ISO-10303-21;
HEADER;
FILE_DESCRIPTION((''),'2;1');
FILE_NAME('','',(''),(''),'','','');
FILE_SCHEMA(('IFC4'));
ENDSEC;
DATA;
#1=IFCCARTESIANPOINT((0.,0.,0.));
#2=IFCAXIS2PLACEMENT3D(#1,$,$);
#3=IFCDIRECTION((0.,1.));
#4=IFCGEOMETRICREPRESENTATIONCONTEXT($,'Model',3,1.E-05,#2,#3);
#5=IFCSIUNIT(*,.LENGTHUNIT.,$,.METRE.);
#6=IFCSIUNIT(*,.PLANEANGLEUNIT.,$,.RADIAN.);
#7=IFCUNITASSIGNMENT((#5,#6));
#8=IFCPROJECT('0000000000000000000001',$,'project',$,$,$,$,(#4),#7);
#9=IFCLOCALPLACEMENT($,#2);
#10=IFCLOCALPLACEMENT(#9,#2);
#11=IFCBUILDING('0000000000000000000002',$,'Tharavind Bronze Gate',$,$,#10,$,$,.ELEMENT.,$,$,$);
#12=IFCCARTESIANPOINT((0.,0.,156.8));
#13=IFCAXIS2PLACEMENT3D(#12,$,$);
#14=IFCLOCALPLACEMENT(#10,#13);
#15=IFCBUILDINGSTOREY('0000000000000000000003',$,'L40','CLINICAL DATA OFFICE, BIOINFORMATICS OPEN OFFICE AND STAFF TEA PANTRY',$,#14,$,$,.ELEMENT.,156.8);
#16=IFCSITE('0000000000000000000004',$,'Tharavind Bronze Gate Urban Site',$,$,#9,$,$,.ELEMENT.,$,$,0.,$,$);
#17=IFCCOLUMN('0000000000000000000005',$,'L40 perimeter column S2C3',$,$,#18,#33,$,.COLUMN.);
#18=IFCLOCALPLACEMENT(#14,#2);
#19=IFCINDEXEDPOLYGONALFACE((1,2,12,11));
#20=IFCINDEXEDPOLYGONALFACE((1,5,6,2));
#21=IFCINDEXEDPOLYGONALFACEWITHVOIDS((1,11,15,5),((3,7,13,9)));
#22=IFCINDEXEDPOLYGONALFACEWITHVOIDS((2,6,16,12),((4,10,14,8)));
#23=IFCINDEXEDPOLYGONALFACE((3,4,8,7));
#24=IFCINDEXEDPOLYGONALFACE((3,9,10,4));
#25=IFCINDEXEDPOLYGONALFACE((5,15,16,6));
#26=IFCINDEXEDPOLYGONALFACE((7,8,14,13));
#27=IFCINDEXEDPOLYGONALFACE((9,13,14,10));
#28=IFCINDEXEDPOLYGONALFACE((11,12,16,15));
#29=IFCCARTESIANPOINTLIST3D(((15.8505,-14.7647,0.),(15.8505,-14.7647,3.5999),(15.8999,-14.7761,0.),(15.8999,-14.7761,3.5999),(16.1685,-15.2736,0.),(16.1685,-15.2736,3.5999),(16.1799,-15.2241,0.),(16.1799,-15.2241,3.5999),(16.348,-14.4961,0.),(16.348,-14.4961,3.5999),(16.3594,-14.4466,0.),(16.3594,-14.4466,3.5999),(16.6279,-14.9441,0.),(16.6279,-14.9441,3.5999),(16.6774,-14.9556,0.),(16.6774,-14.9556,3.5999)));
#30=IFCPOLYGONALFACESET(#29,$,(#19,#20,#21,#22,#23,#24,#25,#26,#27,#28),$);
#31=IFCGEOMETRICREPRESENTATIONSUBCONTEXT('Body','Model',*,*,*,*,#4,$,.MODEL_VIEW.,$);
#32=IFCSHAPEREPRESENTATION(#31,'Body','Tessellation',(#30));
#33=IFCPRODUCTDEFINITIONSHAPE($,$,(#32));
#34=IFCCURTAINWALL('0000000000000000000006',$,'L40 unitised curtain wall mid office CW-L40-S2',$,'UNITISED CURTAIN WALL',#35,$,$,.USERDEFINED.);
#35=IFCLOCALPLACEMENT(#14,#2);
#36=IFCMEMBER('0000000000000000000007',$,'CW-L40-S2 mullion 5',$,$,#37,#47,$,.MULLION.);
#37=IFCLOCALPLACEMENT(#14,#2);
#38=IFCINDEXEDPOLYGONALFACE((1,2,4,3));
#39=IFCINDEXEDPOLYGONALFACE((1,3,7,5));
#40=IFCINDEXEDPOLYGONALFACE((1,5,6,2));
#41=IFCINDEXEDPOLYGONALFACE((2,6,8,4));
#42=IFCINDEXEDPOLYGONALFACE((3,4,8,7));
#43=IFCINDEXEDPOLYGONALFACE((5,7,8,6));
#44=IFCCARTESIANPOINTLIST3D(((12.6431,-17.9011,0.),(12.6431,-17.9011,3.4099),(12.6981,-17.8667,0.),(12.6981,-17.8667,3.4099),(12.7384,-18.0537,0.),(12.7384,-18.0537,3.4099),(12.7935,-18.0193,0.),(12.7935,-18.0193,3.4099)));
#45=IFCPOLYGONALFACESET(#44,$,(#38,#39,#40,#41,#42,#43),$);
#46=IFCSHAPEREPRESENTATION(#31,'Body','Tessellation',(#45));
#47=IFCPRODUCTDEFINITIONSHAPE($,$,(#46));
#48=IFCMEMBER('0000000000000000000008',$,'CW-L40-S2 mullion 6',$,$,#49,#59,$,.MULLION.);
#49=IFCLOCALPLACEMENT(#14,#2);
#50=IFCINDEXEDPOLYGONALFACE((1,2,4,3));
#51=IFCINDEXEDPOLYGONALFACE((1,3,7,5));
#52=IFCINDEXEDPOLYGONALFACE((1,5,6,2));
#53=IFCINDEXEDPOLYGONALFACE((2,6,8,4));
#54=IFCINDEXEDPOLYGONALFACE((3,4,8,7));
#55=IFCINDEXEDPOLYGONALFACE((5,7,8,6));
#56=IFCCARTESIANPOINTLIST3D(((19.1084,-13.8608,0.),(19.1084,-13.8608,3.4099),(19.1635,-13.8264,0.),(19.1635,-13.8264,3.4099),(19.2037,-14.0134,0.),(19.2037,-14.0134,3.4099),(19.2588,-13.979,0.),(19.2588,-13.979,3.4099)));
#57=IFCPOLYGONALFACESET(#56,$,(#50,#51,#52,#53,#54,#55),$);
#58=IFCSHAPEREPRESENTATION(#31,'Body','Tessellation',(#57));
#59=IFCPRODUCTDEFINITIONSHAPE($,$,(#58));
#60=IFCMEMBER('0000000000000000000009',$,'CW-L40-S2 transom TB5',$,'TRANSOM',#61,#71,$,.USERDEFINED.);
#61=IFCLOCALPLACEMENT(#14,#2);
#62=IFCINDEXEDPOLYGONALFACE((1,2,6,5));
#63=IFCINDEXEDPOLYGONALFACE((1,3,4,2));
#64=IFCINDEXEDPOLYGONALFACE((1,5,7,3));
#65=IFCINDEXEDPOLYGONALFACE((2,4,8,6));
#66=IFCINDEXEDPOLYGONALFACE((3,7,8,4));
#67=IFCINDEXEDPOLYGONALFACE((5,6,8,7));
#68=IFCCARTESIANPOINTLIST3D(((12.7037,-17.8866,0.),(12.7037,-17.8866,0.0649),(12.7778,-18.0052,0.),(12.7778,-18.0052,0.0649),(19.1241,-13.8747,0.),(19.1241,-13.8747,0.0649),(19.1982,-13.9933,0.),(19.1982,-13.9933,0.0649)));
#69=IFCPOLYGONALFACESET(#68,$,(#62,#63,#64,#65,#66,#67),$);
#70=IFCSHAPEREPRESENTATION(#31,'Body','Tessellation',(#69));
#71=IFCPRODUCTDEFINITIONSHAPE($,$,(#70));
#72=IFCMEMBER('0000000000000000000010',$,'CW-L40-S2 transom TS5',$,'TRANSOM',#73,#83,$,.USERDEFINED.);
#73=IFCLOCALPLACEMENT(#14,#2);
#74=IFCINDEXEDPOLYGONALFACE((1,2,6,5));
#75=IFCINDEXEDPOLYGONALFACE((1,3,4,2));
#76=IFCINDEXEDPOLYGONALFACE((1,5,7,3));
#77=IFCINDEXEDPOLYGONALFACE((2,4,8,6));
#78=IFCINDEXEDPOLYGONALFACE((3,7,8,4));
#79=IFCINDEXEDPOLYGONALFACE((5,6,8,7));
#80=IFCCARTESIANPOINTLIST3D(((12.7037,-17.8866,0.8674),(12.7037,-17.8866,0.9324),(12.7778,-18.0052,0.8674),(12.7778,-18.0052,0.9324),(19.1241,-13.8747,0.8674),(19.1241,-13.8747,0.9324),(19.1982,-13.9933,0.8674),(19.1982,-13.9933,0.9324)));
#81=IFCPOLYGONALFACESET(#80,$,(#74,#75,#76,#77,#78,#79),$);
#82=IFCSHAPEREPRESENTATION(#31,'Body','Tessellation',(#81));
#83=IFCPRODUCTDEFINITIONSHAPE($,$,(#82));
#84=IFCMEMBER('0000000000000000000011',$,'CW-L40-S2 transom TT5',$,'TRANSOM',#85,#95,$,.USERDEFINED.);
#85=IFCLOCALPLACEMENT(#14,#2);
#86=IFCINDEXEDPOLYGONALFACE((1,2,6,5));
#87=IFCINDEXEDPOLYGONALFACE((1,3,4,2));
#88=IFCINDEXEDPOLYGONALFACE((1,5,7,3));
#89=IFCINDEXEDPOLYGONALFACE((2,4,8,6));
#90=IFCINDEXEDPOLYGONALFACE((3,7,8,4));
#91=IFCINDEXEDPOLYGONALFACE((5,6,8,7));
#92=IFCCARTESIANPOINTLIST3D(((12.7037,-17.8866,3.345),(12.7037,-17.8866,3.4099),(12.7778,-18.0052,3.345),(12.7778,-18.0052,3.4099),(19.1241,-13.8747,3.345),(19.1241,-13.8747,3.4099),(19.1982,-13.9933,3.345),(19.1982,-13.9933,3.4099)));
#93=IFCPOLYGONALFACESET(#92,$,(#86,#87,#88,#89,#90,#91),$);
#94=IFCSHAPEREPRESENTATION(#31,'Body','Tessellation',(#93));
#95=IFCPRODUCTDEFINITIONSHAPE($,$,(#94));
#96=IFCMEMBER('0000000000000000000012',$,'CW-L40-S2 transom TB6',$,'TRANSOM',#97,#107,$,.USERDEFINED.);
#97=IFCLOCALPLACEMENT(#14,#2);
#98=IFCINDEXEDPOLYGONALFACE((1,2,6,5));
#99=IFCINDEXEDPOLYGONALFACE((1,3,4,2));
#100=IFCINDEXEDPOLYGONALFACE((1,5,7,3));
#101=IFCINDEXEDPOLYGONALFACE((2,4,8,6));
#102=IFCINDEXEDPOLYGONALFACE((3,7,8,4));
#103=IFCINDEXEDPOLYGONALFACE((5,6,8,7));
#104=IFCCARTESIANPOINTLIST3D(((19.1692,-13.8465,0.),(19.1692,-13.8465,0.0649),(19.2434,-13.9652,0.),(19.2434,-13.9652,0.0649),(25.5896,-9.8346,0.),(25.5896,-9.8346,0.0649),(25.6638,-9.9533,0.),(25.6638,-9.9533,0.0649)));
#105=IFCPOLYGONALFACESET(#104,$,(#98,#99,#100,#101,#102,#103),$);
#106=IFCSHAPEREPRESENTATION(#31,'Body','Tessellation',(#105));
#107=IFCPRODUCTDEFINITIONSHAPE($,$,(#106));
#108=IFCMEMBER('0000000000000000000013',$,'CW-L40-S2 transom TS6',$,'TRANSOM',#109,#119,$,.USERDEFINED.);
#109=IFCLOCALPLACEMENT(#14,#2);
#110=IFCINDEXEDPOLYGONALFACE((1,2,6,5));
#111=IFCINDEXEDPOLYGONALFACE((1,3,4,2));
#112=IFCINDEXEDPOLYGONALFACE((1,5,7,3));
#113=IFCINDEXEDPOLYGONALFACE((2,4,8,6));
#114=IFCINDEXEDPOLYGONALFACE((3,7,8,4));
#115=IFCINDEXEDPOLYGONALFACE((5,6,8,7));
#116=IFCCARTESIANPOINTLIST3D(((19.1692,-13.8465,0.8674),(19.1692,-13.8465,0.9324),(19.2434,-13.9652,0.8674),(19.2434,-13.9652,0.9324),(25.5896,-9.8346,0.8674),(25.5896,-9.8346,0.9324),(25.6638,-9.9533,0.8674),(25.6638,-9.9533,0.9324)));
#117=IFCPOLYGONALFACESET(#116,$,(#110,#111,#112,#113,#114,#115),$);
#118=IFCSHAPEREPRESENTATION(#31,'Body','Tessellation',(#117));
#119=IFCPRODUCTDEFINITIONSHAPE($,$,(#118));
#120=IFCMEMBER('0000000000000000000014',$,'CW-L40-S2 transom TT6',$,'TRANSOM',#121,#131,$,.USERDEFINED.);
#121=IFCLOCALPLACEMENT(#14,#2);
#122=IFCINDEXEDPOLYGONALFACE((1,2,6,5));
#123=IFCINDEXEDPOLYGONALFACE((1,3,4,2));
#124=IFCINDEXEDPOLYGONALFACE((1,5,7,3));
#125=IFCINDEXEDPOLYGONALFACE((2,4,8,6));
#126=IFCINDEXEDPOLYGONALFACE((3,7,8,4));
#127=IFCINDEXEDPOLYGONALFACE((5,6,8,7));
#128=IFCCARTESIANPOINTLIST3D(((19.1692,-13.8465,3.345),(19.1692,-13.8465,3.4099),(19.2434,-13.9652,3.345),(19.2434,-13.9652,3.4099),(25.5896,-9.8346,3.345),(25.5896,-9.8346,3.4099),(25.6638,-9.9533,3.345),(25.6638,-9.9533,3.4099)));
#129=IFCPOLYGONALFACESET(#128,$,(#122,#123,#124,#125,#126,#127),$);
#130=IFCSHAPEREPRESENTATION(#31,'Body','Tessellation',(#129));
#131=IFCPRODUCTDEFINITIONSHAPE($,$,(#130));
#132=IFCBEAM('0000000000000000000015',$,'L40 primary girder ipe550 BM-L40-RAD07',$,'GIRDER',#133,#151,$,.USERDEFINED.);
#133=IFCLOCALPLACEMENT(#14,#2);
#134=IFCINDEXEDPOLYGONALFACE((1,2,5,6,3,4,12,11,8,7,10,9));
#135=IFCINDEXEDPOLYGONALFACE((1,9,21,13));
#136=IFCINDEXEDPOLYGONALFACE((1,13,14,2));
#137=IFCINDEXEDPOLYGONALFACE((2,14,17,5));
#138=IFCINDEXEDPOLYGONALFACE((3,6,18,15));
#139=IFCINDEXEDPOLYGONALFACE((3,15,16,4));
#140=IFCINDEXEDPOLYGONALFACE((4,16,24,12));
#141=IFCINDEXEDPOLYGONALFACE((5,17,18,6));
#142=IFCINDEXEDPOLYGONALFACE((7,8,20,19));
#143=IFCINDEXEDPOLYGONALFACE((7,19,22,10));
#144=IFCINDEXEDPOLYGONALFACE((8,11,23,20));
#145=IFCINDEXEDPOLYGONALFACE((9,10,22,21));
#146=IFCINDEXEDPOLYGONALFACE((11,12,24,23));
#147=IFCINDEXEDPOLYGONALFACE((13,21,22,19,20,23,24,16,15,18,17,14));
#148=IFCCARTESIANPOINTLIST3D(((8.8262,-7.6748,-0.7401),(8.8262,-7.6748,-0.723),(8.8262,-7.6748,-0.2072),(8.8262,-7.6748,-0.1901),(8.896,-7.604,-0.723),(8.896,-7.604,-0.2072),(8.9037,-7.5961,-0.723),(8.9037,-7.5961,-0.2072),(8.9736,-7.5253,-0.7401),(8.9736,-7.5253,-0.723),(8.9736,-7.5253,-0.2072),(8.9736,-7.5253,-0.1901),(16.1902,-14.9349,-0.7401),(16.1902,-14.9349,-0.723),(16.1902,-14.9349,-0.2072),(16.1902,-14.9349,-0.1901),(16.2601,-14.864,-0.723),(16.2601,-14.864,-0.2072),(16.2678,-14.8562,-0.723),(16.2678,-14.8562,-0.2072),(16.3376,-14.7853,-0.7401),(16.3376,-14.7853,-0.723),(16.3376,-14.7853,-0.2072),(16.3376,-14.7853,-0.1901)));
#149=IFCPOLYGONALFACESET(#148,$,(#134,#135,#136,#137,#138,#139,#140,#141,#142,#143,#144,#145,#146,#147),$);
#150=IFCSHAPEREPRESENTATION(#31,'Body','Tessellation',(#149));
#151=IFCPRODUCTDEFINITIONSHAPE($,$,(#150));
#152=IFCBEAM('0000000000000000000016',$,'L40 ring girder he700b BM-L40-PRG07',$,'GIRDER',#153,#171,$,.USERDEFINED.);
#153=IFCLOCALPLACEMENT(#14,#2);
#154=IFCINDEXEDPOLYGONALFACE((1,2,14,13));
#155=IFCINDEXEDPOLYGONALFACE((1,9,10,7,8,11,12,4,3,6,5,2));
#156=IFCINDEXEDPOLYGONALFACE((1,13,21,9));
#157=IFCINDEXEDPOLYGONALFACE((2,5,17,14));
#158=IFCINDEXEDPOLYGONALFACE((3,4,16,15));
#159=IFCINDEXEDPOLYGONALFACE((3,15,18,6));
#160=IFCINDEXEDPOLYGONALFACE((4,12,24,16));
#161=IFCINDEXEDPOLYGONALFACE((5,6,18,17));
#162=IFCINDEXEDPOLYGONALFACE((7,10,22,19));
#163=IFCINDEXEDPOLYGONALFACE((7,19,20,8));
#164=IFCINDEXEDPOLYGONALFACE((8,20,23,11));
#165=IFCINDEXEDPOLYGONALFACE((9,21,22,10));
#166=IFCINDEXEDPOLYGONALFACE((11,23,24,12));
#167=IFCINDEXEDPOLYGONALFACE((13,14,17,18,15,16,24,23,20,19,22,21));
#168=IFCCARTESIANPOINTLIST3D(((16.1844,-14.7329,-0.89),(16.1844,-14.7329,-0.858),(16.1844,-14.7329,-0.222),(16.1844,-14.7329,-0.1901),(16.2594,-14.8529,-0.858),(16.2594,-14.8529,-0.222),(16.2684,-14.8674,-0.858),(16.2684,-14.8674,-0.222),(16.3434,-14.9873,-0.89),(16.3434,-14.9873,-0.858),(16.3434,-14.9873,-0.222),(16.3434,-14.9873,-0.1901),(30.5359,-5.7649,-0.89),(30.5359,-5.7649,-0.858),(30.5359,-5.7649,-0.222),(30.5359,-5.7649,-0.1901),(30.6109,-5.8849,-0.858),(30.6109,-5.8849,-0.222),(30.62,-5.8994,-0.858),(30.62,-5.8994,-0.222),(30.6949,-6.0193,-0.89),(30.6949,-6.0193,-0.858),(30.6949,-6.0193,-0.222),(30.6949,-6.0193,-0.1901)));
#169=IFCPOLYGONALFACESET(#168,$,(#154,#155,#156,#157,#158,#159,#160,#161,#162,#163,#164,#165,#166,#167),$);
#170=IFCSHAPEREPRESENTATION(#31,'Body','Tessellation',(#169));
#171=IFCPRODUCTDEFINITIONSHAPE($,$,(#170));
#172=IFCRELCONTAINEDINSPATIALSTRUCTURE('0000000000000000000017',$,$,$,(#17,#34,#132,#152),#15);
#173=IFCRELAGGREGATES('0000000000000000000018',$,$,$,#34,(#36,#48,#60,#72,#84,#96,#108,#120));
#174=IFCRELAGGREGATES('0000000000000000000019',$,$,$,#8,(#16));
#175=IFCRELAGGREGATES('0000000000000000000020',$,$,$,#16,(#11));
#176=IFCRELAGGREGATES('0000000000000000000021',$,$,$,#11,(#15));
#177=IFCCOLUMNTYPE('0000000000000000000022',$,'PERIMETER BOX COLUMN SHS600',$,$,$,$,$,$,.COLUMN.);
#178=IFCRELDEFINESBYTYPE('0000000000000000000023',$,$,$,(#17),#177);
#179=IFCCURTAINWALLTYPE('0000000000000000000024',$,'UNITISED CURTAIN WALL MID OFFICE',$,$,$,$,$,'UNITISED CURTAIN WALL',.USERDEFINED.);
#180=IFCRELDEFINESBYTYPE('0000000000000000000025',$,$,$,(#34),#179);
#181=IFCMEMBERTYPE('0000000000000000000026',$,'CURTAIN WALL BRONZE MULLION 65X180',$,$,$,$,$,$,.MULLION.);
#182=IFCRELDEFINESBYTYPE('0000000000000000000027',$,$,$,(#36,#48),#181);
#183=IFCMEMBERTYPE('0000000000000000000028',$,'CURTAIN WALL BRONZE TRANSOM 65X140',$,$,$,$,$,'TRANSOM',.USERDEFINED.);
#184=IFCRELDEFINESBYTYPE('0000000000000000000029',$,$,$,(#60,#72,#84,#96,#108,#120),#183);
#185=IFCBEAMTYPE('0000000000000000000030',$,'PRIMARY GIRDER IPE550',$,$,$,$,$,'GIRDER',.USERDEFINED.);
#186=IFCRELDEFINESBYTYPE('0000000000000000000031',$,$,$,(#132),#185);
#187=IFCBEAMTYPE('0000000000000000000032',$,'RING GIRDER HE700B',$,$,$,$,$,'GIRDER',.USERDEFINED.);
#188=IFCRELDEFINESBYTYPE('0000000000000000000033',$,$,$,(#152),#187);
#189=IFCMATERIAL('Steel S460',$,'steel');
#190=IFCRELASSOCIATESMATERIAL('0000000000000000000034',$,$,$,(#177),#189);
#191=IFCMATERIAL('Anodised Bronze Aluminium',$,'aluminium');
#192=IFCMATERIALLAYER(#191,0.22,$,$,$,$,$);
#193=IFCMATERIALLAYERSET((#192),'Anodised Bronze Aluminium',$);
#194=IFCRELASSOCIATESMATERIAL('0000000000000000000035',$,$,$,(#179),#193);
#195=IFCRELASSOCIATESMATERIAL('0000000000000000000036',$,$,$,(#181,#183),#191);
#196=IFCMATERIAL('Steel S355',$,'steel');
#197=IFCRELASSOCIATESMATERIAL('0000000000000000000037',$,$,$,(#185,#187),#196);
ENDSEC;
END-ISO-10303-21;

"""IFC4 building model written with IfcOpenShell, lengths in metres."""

from ifc_helpers import new_model, si_unit, direction, frame, origin, origin_2d, place, context, subcontext, project, spatial, rectangle, hollow_rectangle, i_section, extrude, material, layer, layer_set, material_profile, profile_set, type_object, element, aggregate, save


model = new_model("IFC4")

# Units and contexts
model_context = context("Model", 3, precision=1e-05, world=origin(), true_north=direction((0.0, 1.0)))
body_context = subcontext(model_context, "Body", "Model", "MODEL_VIEW")
ifc_project = project(units=[si_unit("LENGTHUNIT", "METRE"), si_unit("PLANEANGLEUNIT", "RADIAN")], contexts=[model_context])

# Site, building, storey
site_placement = place(None, origin())
site = spatial("IfcSite", under=ifc_project, at=site_placement, Name="Tharavind Bronze Gate Urban Site", CompositionType="ELEMENT", RefElevation=0.0)
building_placement = place(site_placement, origin())
building = spatial("IfcBuilding", under=site, at=building_placement, Name="Tharavind Bronze Gate", CompositionType="ELEMENT")
storey_placement = place(building_placement, frame((0.0, 0.0, 156.8)))
storey = spatial("IfcBuildingStorey", under=building, at=storey_placement, Name="L40", Description="CLINICAL DATA OFFICE, BIOINFORMATICS OPEN OFFICE AND STAFF TEA PANTRY", CompositionType="ELEMENT", Elevation=156.8)

# Column
ifc_material_1 = material(Name="Steel S460", Category="steel")
ifc_material_profile_1 = material_profile(ifc_material_1, hollow_rectangle(XDim=0.6001, YDim=0.6001, WallThickness=0.0359, at=origin_2d()), Name="SHS600X36")
ifc_profile_set_1 = profile_set([ifc_material_profile_1], Name="Steel S460")
column_type = type_object("IfcColumnType", Name="PERIMETER BOX COLUMN SHS600", PredefinedType="COLUMN", material=ifc_profile_set_1)
column_placement = place(storey_placement, frame((16.2639, -14.8601, 0.0), z_axis=(0.0, 0.0, 1.0), x_axis=(0.848047, 0.529921, 0.0)))
element("IfcColumn", 1, at=column_placement, inside=storey, type_object=column_type, Name="L40 perimeter column S2C3", PredefinedType="COLUMN", context=body_context, shape_type="SweptSolid", body=[
    extrude(hollow_rectangle(XDim=0.6001, YDim=0.6001, WallThickness=0.0359, at=origin_2d()), origin(), (0.0, 0.0, 1.0), 3.5999),
])

# Curtain wall, members
ifc_material_2 = material(Name="Anodised Bronze Aluminium", Category="aluminium")
ifc_layer_1 = layer(ifc_material_2, 0.22)
ifc_layer_set_1 = layer_set([ifc_layer_1], Name="Anodised Bronze Aluminium")
curtain_wall_type = type_object("IfcCurtainWallType", Name="UNITISED CURTAIN WALL MID OFFICE", ElementType="UNITISED CURTAIN WALL", PredefinedType="USERDEFINED", material=ifc_layer_set_1)
curtain_wall_placement = place(storey_placement, origin())
curtain_wall = element("IfcCurtainWall", 2, at=curtain_wall_placement, inside=storey, type_object=curtain_wall_type, Name="L40 unitised curtain wall mid office CW-L40-S2", ObjectType="UNITISED CURTAIN WALL", PredefinedType="USERDEFINED")
member_type_1 = type_object("IfcMemberType", Name="CURTAIN WALL BRONZE MULLION 65X180", PredefinedType="MULLION", material=ifc_material_2)
member_1_placement = place(storey_placement, frame((12.7183, -17.9602, 0.0), z_axis=(0.0, 0.0, 1.0), x_axis=(0.848048, 0.529919, 0.0)))
member_1 = element("IfcMember", 3, at=member_1_placement, type_object=member_type_1, Name="CW-L40-S2 mullion 5", PredefinedType="MULLION", context=body_context, shape_type="SweptSolid", body=[
    extrude(rectangle(XDim=0.0649, YDim=0.1799, at=origin_2d()), origin(), (0.0, 0.0, 1.0), 3.4099),
])
member_2_placement = place(storey_placement, frame((19.1836, -13.9199, 0.0), z_axis=(0.0, 0.0, 1.0), x_axis=(0.848048, 0.529919, 0.0)))
member_2 = element("IfcMember", 4, at=member_2_placement, type_object=member_type_1, Name="CW-L40-S2 mullion 6", PredefinedType="MULLION", context=body_context, shape_type="SweptSolid", body=[
    extrude(rectangle(XDim=0.0649, YDim=0.1799, at=origin_2d()), origin(), (0.0, 0.0, 1.0), 3.4099),
])
member_type_2 = type_object("IfcMemberType", Name="CURTAIN WALL BRONZE TRANSOM 65X140", ElementType="TRANSOM", PredefinedType="USERDEFINED", material=ifc_material_2)
member_3_placement = place(storey_placement, frame((15.9509, -15.9399, 0.0), z_axis=(0.0, 0.0, 1.0), x_axis=(0.848048, 0.529919, 0.0)))
member_3 = element("IfcMember", 5, at=member_3_placement, type_object=member_type_2, Name="CW-L40-S2 transom TB5", ObjectType="TRANSOM", PredefinedType="USERDEFINED", context=body_context, shape_type="SweptSolid", body=[
    extrude(rectangle(XDim=7.5708, YDim=0.1399, at=origin_2d()), origin(), (0.0, 0.0, 1.0), 0.0649),
])
member_4_placement = place(storey_placement, frame((15.9509, -15.9399, 0.8674), z_axis=(0.0, 0.0, 1.0), x_axis=(0.848048, 0.529919, 0.0)))
member_4 = element("IfcMember", 6, at=member_4_placement, type_object=member_type_2, Name="CW-L40-S2 transom TS5", ObjectType="TRANSOM", PredefinedType="USERDEFINED", context=body_context, shape_type="SweptSolid", body=[
    extrude(rectangle(XDim=7.5708, YDim=0.1399, at=origin_2d()), origin(), (0.0, 0.0, 1.0), 0.0649),
])
member_5_placement = place(storey_placement, frame((15.9509, -15.9399, 3.345), z_axis=(0.0, 0.0, 1.0), x_axis=(0.848048, 0.529919, 0.0)))
member_5 = element("IfcMember", 7, at=member_5_placement, type_object=member_type_2, Name="CW-L40-S2 transom TT5", ObjectType="TRANSOM", PredefinedType="USERDEFINED", context=body_context, shape_type="SweptSolid", body=[
    extrude(rectangle(XDim=7.5708, YDim=0.1399, at=origin_2d()), origin(), (0.0, 0.0, 1.0), 0.0649),
])
member_6_placement = place(storey_placement, frame((22.4165, -11.8999, 0.0), z_axis=(0.0, 0.0, 1.0), x_axis=(0.848048, 0.529919, 0.0)))
member_6 = element("IfcMember", 8, at=member_6_placement, type_object=member_type_2, Name="CW-L40-S2 transom TB6", ObjectType="TRANSOM", PredefinedType="USERDEFINED", context=body_context, shape_type="SweptSolid", body=[
    extrude(rectangle(XDim=7.5708, YDim=0.1399, at=origin_2d()), origin(), (0.0, 0.0, 1.0), 0.0649),
])
member_7_placement = place(storey_placement, frame((22.4165, -11.8999, 0.8674), z_axis=(0.0, 0.0, 1.0), x_axis=(0.848048, 0.529919, 0.0)))
member_7 = element("IfcMember", 9, at=member_7_placement, type_object=member_type_2, Name="CW-L40-S2 transom TS6", ObjectType="TRANSOM", PredefinedType="USERDEFINED", context=body_context, shape_type="SweptSolid", body=[
    extrude(rectangle(XDim=7.5708, YDim=0.1399, at=origin_2d()), origin(), (0.0, 0.0, 1.0), 0.0649),
])
member_8_placement = place(storey_placement, frame((22.4165, -11.8999, 3.345), z_axis=(0.0, 0.0, 1.0), x_axis=(0.848048, 0.529919, 0.0)))
member_8 = element("IfcMember", 10, at=member_8_placement, type_object=member_type_2, Name="CW-L40-S2 transom TT6", ObjectType="TRANSOM", PredefinedType="USERDEFINED", context=body_context, shape_type="SweptSolid", body=[
    extrude(rectangle(XDim=7.5708, YDim=0.1399, at=origin_2d()), origin(), (0.0, 0.0, 1.0), 0.0649),
])

# Beams
ifc_material_3 = material(Name="Steel S355", Category="steel")
ifc_material_profile_2 = material_profile(ifc_material_3, i_section(OverallWidth=0.21, OverallDepth=0.55, WebThickness=0.011, FlangeThickness=0.0171, at=origin_2d()), Name="IPE550")
ifc_profile_set_2 = profile_set([ifc_material_profile_2], Name="Steel S355")
beam_type_1 = type_object("IfcBeamType", Name="PRIMARY GIRDER IPE550", ElementType="GIRDER", PredefinedType="USERDEFINED", material=ifc_profile_set_2)
beam_1_placement = place(storey_placement, frame((16.2639, -14.8601, -0.4651), z_axis=(-0.712118, 0.70206, 0.0), x_axis=(-0.70206, -0.712118, 0.0)))
element("IfcBeam", 11, at=beam_1_placement, inside=storey, type_object=beam_type_1, Name="L40 primary girder ipe550 BM-L40-RAD07", ObjectType="GIRDER", PredefinedType="USERDEFINED", context=body_context, shape_type="SweptSolid", body=[
    extrude(i_section(OverallWidth=0.21, OverallDepth=0.55, WebThickness=0.011, FlangeThickness=0.0171, at=origin_2d()), origin(), (0.0, 0.0, 1.0), 10.3411),
])
ifc_material_profile_3 = material_profile(ifc_material_3, i_section(OverallWidth=0.3, OverallDepth=0.7, WebThickness=0.0171, FlangeThickness=0.032, at=origin_2d()), Name="HE700B")
ifc_profile_set_3 = profile_set([ifc_material_profile_3], Name="Steel S355")
beam_type_2 = type_object("IfcBeamType", Name="RING GIRDER HE700B", ElementType="GIRDER", PredefinedType="USERDEFINED", material=ifc_profile_set_3)
beam_2_placement = place(storey_placement, frame((16.2639, -14.8601, -0.54), z_axis=(0.848044, 0.529926, 0.0), x_axis=(-0.529926, 0.848044, 0.0)))
element("IfcBeam", 12, at=beam_2_placement, inside=storey, type_object=beam_type_2, Name="L40 ring girder he700b BM-L40-PRG07", ObjectType="GIRDER", PredefinedType="USERDEFINED", context=body_context, shape_type="SweptSolid", body=[
    extrude(i_section(OverallWidth=0.3, OverallDepth=0.7, WebThickness=0.0171, FlangeThickness=0.032, at=origin_2d()), origin(), (0.0, 0.0, 1.0), 16.9231),
])

aggregate(curtain_wall, [member_1, member_2, member_3, member_4, member_5, member_6, member_7, member_8])

save(model, "model.ifc")
